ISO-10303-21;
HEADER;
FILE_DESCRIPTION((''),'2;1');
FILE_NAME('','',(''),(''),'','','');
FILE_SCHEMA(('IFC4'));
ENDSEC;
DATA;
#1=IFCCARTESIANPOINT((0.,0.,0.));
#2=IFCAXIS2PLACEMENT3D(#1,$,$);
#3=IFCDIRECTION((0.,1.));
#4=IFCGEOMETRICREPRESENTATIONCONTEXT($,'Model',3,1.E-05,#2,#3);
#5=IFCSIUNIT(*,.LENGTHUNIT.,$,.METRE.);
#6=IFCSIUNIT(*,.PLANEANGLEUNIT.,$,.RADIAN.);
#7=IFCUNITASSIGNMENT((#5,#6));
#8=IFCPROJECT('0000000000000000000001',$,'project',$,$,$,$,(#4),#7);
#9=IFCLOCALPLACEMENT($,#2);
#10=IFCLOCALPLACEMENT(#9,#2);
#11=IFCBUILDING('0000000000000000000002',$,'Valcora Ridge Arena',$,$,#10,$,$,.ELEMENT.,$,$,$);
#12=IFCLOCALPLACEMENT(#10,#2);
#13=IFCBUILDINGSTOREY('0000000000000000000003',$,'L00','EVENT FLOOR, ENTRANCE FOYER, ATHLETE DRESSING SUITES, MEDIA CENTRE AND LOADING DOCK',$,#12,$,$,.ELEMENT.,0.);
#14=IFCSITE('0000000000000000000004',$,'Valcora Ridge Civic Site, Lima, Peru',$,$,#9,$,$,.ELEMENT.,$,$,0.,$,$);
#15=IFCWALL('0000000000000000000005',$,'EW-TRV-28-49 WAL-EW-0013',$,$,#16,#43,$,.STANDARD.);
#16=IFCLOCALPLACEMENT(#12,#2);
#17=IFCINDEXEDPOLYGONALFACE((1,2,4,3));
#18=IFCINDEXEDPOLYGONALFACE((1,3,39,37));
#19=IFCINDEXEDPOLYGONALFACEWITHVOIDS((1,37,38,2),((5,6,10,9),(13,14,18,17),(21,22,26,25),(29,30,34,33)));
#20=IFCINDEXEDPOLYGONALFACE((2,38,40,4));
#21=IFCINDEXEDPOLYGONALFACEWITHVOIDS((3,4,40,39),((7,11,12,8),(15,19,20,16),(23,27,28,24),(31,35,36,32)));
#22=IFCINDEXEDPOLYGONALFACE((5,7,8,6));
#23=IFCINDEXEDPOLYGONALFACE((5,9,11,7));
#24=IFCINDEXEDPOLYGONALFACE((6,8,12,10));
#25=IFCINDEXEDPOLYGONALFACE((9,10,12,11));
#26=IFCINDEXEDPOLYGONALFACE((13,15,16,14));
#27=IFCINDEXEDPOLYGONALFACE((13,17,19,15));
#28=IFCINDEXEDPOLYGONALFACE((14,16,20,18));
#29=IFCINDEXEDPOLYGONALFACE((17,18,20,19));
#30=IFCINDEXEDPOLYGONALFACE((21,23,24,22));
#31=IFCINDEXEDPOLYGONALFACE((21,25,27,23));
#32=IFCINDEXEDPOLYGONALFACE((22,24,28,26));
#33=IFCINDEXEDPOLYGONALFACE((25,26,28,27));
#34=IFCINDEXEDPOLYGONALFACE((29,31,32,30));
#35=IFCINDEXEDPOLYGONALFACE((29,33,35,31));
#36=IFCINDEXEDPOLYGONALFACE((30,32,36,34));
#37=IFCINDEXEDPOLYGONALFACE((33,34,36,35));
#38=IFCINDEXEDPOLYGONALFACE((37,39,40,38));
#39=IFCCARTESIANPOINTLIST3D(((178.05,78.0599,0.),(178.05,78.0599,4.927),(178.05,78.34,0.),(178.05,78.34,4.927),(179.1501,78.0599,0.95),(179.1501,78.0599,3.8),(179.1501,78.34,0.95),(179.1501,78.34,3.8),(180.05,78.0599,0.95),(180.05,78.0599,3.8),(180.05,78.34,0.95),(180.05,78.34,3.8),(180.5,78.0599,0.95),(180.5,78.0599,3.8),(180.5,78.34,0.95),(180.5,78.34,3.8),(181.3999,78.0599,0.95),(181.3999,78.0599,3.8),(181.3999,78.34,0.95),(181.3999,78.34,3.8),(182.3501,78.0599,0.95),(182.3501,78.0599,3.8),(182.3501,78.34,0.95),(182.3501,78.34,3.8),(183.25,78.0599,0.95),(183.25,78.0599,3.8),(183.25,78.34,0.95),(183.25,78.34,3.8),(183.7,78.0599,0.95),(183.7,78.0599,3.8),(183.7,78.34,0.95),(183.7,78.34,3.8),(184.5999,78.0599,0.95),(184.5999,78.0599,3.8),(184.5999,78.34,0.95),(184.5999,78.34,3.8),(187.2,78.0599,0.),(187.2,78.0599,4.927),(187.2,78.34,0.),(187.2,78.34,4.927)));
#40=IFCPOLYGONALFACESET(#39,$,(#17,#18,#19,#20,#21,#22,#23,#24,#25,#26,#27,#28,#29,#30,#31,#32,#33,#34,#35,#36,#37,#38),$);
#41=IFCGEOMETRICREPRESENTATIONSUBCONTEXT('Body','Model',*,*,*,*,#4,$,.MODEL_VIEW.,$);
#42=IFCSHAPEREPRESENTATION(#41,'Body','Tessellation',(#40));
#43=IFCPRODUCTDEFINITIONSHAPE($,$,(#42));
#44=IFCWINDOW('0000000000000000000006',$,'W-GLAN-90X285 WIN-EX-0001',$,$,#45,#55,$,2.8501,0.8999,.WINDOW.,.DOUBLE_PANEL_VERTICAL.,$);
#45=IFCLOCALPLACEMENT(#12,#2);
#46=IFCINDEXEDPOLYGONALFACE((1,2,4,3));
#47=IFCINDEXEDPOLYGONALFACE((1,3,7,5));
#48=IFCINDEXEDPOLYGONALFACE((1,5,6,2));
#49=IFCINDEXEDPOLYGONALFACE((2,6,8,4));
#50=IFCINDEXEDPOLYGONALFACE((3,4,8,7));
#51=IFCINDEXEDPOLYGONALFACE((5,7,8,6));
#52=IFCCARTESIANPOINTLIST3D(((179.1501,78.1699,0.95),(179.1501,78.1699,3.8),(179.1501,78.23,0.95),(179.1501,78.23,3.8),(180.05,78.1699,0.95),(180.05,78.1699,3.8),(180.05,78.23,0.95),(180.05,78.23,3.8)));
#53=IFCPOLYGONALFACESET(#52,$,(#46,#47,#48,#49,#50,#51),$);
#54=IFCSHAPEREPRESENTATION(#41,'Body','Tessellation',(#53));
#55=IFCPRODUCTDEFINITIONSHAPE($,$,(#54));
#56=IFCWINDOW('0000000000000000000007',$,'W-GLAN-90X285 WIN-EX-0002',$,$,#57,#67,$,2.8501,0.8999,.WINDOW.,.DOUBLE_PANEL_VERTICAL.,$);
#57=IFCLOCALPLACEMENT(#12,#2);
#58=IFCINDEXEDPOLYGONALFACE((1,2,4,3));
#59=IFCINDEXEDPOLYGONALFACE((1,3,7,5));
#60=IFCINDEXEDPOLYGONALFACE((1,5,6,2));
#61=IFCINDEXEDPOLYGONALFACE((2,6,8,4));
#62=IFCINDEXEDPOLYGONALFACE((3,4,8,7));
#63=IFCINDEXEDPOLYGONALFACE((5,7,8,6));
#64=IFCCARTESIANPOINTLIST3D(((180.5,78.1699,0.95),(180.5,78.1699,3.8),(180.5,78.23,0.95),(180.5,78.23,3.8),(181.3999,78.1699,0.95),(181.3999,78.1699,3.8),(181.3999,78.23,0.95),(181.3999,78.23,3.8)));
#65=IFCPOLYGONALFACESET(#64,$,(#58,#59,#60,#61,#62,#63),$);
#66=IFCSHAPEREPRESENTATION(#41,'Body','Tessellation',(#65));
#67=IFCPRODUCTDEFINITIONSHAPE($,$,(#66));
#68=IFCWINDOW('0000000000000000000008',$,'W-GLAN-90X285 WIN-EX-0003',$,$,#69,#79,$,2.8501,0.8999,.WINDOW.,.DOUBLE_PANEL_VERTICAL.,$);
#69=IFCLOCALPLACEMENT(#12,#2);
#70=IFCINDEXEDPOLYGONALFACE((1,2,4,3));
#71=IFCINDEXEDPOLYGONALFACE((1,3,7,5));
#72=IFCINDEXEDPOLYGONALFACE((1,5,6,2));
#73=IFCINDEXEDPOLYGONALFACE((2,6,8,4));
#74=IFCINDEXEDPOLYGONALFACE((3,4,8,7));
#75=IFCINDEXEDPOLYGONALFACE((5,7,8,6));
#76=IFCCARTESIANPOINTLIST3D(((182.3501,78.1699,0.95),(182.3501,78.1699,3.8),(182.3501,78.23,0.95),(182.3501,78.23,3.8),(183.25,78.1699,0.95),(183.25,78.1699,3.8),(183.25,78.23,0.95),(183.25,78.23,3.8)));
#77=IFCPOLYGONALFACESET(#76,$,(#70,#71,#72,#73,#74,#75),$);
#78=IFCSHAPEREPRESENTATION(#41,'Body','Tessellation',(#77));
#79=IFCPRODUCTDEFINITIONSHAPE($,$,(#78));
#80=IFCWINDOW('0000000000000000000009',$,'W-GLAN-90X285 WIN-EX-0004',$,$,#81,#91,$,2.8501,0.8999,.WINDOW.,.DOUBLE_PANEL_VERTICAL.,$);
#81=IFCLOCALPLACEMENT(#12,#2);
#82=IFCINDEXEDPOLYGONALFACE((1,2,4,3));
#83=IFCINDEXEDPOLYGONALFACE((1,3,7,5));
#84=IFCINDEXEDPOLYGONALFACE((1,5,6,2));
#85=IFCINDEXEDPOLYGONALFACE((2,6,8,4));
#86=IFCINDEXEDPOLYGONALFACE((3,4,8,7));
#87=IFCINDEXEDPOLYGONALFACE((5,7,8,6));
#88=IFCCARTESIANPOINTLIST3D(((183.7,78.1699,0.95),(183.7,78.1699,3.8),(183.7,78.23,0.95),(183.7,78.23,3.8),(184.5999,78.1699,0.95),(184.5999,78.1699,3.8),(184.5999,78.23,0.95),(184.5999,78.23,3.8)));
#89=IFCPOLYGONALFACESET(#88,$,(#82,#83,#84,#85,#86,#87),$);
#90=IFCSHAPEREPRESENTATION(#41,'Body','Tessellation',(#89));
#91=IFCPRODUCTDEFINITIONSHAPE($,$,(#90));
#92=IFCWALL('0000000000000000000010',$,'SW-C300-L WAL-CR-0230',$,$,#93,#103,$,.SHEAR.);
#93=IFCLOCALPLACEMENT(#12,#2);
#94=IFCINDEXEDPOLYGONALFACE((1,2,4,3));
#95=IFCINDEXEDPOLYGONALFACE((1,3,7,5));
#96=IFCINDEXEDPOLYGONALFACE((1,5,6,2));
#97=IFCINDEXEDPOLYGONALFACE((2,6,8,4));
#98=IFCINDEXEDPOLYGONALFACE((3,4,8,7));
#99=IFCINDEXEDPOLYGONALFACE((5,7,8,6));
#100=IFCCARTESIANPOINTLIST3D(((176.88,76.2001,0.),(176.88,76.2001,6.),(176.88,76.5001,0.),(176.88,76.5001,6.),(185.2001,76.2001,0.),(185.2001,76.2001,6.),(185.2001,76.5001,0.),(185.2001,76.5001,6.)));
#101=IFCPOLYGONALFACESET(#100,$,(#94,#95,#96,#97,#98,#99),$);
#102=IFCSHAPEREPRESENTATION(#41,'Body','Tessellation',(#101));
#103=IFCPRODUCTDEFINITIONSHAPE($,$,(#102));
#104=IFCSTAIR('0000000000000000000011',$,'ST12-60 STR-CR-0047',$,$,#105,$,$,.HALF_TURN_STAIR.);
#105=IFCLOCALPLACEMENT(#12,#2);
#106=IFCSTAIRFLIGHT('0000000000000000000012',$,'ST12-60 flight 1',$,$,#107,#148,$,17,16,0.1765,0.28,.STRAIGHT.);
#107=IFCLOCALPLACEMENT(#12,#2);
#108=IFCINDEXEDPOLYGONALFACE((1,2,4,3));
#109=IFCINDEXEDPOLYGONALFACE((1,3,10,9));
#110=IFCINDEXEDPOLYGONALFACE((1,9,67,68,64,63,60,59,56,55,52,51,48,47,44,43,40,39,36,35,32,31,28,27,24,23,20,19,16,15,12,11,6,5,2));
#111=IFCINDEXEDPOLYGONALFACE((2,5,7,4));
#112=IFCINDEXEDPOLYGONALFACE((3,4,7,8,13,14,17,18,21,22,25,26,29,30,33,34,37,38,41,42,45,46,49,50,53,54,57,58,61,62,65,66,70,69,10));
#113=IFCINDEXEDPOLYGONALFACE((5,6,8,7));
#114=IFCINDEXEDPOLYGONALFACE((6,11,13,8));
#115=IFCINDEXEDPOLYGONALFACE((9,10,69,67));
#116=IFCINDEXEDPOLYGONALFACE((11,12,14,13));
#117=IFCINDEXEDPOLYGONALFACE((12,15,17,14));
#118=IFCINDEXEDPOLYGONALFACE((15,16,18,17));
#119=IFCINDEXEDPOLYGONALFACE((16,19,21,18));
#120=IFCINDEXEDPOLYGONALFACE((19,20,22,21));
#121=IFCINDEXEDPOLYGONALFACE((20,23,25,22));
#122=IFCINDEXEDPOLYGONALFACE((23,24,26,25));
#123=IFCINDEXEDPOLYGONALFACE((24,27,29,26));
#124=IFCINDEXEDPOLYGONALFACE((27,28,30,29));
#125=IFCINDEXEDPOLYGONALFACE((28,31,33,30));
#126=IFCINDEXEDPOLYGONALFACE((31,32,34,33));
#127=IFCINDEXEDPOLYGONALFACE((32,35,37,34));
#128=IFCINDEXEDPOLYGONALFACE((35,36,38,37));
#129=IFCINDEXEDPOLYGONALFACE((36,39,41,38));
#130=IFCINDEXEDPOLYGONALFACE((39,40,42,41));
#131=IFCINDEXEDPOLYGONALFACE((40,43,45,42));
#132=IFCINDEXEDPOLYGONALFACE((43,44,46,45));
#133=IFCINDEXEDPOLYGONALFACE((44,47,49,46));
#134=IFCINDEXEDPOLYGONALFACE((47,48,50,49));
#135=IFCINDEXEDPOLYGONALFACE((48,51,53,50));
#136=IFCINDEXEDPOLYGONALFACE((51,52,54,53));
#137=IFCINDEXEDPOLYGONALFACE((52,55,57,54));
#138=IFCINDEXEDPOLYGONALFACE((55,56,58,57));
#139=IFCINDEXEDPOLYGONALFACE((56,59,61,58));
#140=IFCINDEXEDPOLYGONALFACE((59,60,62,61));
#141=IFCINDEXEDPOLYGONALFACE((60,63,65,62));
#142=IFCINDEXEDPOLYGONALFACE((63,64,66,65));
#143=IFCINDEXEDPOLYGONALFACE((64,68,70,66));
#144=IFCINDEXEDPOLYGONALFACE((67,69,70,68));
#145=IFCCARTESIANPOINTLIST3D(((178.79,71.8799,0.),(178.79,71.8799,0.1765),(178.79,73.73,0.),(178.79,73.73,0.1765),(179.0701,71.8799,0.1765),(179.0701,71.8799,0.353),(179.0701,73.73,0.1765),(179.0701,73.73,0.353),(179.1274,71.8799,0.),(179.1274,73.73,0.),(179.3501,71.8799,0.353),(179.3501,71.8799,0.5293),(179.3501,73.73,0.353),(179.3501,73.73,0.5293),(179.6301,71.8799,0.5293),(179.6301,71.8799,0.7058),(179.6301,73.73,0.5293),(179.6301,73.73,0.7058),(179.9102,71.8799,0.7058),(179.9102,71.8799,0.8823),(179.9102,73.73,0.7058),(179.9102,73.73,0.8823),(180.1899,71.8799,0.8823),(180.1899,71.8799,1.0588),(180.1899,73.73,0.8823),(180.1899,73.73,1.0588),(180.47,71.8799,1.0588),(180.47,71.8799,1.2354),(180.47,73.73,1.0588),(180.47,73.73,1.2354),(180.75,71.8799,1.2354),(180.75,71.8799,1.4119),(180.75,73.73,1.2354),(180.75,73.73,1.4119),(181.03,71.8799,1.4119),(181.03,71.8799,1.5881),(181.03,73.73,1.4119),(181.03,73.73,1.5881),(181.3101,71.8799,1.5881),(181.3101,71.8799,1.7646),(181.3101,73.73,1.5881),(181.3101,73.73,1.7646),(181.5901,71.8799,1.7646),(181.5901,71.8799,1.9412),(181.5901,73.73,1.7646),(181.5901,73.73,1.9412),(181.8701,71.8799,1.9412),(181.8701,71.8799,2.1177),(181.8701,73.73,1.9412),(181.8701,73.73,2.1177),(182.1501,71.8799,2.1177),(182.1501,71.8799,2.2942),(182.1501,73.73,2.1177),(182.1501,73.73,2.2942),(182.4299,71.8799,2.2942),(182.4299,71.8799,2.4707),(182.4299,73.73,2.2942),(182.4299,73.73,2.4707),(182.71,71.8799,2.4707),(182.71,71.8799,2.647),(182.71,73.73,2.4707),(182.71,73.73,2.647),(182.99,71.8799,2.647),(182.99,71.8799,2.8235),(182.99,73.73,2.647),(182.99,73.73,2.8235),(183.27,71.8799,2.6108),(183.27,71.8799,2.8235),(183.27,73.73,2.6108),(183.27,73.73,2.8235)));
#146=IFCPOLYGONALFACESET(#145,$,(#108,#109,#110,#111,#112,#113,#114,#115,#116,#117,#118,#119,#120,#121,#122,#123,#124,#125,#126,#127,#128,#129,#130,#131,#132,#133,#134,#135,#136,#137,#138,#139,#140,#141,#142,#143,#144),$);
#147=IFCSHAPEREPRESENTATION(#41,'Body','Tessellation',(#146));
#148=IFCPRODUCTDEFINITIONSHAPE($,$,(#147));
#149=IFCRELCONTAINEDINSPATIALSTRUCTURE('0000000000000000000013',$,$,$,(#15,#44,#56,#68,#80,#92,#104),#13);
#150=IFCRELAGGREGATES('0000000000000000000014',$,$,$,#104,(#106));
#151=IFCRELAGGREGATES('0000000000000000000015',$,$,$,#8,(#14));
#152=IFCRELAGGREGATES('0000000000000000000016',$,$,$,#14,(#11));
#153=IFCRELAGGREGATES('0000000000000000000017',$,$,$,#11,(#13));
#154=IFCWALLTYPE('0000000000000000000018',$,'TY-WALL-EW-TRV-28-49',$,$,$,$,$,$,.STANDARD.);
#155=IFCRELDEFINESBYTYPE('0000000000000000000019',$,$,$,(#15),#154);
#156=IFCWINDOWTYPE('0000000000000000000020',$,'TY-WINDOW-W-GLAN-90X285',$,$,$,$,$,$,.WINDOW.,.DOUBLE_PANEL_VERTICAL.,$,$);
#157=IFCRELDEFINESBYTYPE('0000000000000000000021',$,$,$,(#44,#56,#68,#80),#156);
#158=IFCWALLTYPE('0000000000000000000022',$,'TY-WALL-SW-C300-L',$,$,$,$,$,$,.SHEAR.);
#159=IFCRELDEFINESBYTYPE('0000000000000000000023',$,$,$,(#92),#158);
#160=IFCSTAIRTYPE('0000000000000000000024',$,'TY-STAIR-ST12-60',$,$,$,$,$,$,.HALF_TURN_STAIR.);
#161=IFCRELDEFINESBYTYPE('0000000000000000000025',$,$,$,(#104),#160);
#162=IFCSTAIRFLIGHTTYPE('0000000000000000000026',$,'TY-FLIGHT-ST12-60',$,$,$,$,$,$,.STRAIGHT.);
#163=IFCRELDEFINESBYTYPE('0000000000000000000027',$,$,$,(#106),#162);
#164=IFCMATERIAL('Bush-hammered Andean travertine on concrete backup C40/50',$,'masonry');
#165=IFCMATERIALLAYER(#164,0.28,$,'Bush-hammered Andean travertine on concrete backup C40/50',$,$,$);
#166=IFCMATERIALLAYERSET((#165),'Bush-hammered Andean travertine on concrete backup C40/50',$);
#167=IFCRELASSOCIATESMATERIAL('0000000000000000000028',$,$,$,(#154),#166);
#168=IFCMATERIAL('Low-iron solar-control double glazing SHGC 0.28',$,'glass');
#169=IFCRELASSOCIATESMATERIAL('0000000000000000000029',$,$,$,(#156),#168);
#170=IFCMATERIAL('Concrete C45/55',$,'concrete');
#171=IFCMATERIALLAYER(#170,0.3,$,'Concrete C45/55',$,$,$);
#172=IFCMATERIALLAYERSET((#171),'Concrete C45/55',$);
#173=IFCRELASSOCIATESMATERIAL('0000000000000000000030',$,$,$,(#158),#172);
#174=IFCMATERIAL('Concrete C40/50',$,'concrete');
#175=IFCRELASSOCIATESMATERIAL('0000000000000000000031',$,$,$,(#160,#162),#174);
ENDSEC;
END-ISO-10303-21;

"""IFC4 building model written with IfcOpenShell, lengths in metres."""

from ifc_helpers import new_model, si_unit, direction, frame, frame_2d, origin, place, context, subcontext, project, spatial, polyline, rectangle, outline, extrude, material, layer, layer_set, type_object, element, fill, aggregate, save


model = new_model("IFC4")

# Units and contexts
model_context = context("Model", 3, precision=1e-05, world=origin(), true_north=direction((0.0, 1.0)))
body_context = subcontext(model_context, "Body", "Model", "MODEL_VIEW")
ifc_project = project(units=[si_unit("LENGTHUNIT", "METRE"), si_unit("PLANEANGLEUNIT", "RADIAN")], contexts=[model_context])

# Site, building, storey
site_placement = place(None, origin())
site = spatial("IfcSite", under=ifc_project, at=site_placement, Name="Valcora Ridge Civic Site, Lima, Peru", CompositionType="ELEMENT", RefElevation=0.0)
building_placement = place(site_placement, origin())
building = spatial("IfcBuilding", under=site, at=building_placement, Name="Valcora Ridge Arena", CompositionType="ELEMENT")
storey_placement = place(building_placement, origin())
storey = spatial("IfcBuildingStorey", under=building, at=storey_placement, Name="L00", Description="EVENT FLOOR, ENTRANCE FOYER, ATHLETE DRESSING SUITES, MEDIA CENTRE AND LOADING DOCK", CompositionType="ELEMENT", Elevation=0.0)

# Shared definitions
ifc_material_1 = material(Name="Concrete C40/50", Category="concrete")

# Shared definitions
ifc_material_2 = material(Name="Low-iron solar-control double glazing SHGC 0.28", Category="glass")

# Wall, openings, windows
ifc_material_3 = material(Name="Bush-hammered Andean travertine on concrete backup C40/50", Category="masonry")
ifc_layer_1 = layer(ifc_material_3, 0.28, Name="Bush-hammered Andean travertine on concrete backup C40/50")
ifc_layer_set_1 = layer_set([ifc_layer_1], Name="Bush-hammered Andean travertine on concrete backup C40/50")
wall_type_1 = type_object("IfcWallType", Name="TY-WALL-EW-TRV-28-49", PredefinedType="STANDARD", material=ifc_layer_set_1)
wall_1_placement = place(storey_placement, frame((178.05, 78.2, 0.0), z_axis=(0.0, 0.0, 1.0), x_axis=(1.0, 0.0, 0.0)))
wall_1 = element("IfcWall", 1, at=wall_1_placement, inside=storey, type_object=wall_type_1, Name="EW-TRV-28-49 WAL-EW-0013", PredefinedType="STANDARD", context=body_context, shape_type="SweptSolid", body=[
    extrude(rectangle(XDim=9.1499, YDim=0.28, at=frame_2d((4.575, 0.0))), origin(), (0.0, 0.0, 1.0), 4.927),
])
opening_1_placement = place(wall_1_placement, frame((1.1001, 0.0, 0.95)))
opening_1 = element("IfcOpeningElement", 2, at=opening_1_placement, cuts=wall_1, PredefinedType="OPENING", context=body_context, shape_type="SweptSolid", body=[
    extrude(rectangle(XDim=0.8999, YDim=2.8501, at=frame_2d((0.45, 1.425))), frame((0.0, 0.1499, 0.0), z_axis=(0.0, -1.0, 0.0), x_axis=(1.0, 0.0, 0.0)), (0.0, 0.0, 1.0), 0.3),
])
opening_2_placement = place(wall_1_placement, frame((2.45, 0.0, 0.95)))
opening_2 = element("IfcOpeningElement", 3, at=opening_2_placement, cuts=wall_1, PredefinedType="OPENING", context=body_context, shape_type="SweptSolid", body=[
    extrude(rectangle(XDim=0.8999, YDim=2.8501, at=frame_2d((0.45, 1.425))), frame((0.0, 0.1499, 0.0), z_axis=(0.0, -1.0, 0.0), x_axis=(1.0, 0.0, 0.0)), (0.0, 0.0, 1.0), 0.3),
])
opening_3_placement = place(wall_1_placement, frame((4.3, 0.0, 0.95)))
opening_3 = element("IfcOpeningElement", 4, at=opening_3_placement, cuts=wall_1, PredefinedType="OPENING", context=body_context, shape_type="SweptSolid", body=[
    extrude(rectangle(XDim=0.8999, YDim=2.8501, at=frame_2d((0.45, 1.425))), frame((0.0, 0.1499, 0.0), z_axis=(0.0, -1.0, 0.0), x_axis=(1.0, 0.0, 0.0)), (0.0, 0.0, 1.0), 0.3),
])
opening_4_placement = place(wall_1_placement, frame((5.6499, 0.0, 0.95)))
opening_4 = element("IfcOpeningElement", 5, at=opening_4_placement, cuts=wall_1, PredefinedType="OPENING", context=body_context, shape_type="SweptSolid", body=[
    extrude(rectangle(XDim=0.8999, YDim=2.8501, at=frame_2d((0.45, 1.425))), frame((0.0, 0.1499, 0.0), z_axis=(0.0, -1.0, 0.0), x_axis=(1.0, 0.0, 0.0)), (0.0, 0.0, 1.0), 0.3),
])
window_type = type_object("IfcWindowType", Name="TY-WINDOW-W-GLAN-90X285", PartitioningType="DOUBLE_PANEL_VERTICAL", PredefinedType="WINDOW", material=ifc_material_2)
window_1_placement = place(opening_1_placement, origin())
window_1 = element("IfcWindow", 6, at=window_1_placement, inside=storey, type_object=window_type, Name="W-GLAN-90X285 WIN-EX-0001", OverallHeight=2.8501, OverallWidth=0.8999, PartitioningType="DOUBLE_PANEL_VERTICAL", PredefinedType="WINDOW", context=body_context, shape_type="SweptSolid", body=[
    extrude(rectangle(XDim=0.8999, YDim=2.8501, at=frame_2d((0.45, 1.425))), frame((0.0, 0.03, 0.0), z_axis=(0.0, -1.0, 0.0), x_axis=(1.0, 0.0, 0.0)), (0.0, 0.0, 1.0), 0.0601),
])
fill(opening_1, window_1)
window_2_placement = place(opening_2_placement, origin())
window_2 = element("IfcWindow", 7, at=window_2_placement, inside=storey, type_object=window_type, Name="W-GLAN-90X285 WIN-EX-0002", OverallHeight=2.8501, OverallWidth=0.8999, PartitioningType="DOUBLE_PANEL_VERTICAL", PredefinedType="WINDOW", context=body_context, shape_type="SweptSolid", body=[
    extrude(rectangle(XDim=0.8999, YDim=2.8501, at=frame_2d((0.45, 1.425))), frame((0.0, 0.03, 0.0), z_axis=(0.0, -1.0, 0.0), x_axis=(1.0, 0.0, 0.0)), (0.0, 0.0, 1.0), 0.0601),
])
fill(opening_2, window_2)
window_3_placement = place(opening_3_placement, origin())
window_3 = element("IfcWindow", 8, at=window_3_placement, inside=storey, type_object=window_type, Name="W-GLAN-90X285 WIN-EX-0003", OverallHeight=2.8501, OverallWidth=0.8999, PartitioningType="DOUBLE_PANEL_VERTICAL", PredefinedType="WINDOW", context=body_context, shape_type="SweptSolid", body=[
    extrude(rectangle(XDim=0.8999, YDim=2.8501, at=frame_2d((0.45, 1.425))), frame((0.0, 0.03, 0.0), z_axis=(0.0, -1.0, 0.0), x_axis=(1.0, 0.0, 0.0)), (0.0, 0.0, 1.0), 0.0601),
])
fill(opening_3, window_3)
window_4_placement = place(opening_4_placement, origin())
window_4 = element("IfcWindow", 9, at=window_4_placement, inside=storey, type_object=window_type, Name="W-GLAN-90X285 WIN-EX-0004", OverallHeight=2.8501, OverallWidth=0.8999, PartitioningType="DOUBLE_PANEL_VERTICAL", PredefinedType="WINDOW", context=body_context, shape_type="SweptSolid", body=[
    extrude(rectangle(XDim=0.8999, YDim=2.8501, at=frame_2d((0.45, 1.425))), frame((0.0, 0.03, 0.0), z_axis=(0.0, -1.0, 0.0), x_axis=(1.0, 0.0, 0.0)), (0.0, 0.0, 1.0), 0.0601),
])
fill(opening_4, window_4)

# Wall
ifc_material_4 = material(Name="Concrete C45/55", Category="concrete")
ifc_layer_2 = layer(ifc_material_4, 0.3, Name="Concrete C45/55")
ifc_layer_set_2 = layer_set([ifc_layer_2], Name="Concrete C45/55")
wall_type_2 = type_object("IfcWallType", Name="TY-WALL-SW-C300-L", PredefinedType="SHEAR", material=ifc_layer_set_2)
wall_2_placement = place(storey_placement, frame((176.8799, 76.3501, 0.0), z_axis=(0.0, 0.0, 1.0), x_axis=(1.0, 0.0, 0.0)))
element("IfcWall", 10, at=wall_2_placement, inside=storey, type_object=wall_type_2, Name="SW-C300-L WAL-CR-0230", PredefinedType="SHEAR", context=body_context, shape_type="SweptSolid", body=[
    extrude(rectangle(XDim=8.3201, YDim=0.3, at=frame_2d((4.1602, 0.0))), origin(), (0.0, 0.0, 1.0), 6.0),
])

# Stair, stair flight
stair_type = type_object("IfcStairType", Name="TY-STAIR-ST12-60", PredefinedType="HALF_TURN_STAIR", material=ifc_material_1)
stair_placement = place(storey_placement, origin())
stair = element("IfcStair", 11, at=stair_placement, inside=storey, type_object=stair_type, Name="ST12-60 STR-CR-0047", PredefinedType="HALF_TURN_STAIR")
stair_flight_type = type_object("IfcStairFlightType", Name="TY-FLIGHT-ST12-60", PredefinedType="STRAIGHT", material=ifc_material_1)
stair_flight_placement = place(storey_placement, frame((178.79, 72.8049, 0.0), z_axis=(0.0, 0.0, 1.0), x_axis=(1.0, 0.0, 0.0)))
stair_flight = element("IfcStairFlight", 12, at=stair_flight_placement, type_object=stair_flight_type, Name="ST12-60 flight 1", NumberOfRisers=17, NumberOfTreads=16, PredefinedType="STRAIGHT", RiserHeight=0.1765, TreadLength=0.28, context=body_context, shape_type="SweptSolid", body=[
    extrude(outline(polyline([(0.0, 0.0), (0.0, 0.1765), (0.28, 0.1765), (0.28, 0.353), (0.5601, 0.353), (0.5601, 0.5293), (0.8401, 0.5293), (0.8401, 0.7058), (1.1201, 0.7058), (1.1201, 0.8823), (1.3999, 0.8823), (1.3999, 1.0588), (1.6799, 1.0588), (1.6799, 1.2354), (1.96, 1.2354), (1.96, 1.4119), (2.24, 1.4119), (2.24, 1.5881), (2.52, 1.5881), (2.52, 1.7646), (2.8, 1.7646), (2.8, 1.9412), (3.0801, 1.9412), (3.0801, 2.1177), (3.3601, 2.1177), (3.3601, 2.2942), (3.6399, 2.2942), (3.6399, 2.4707), (3.9199, 2.4707), (3.9199, 2.647), (4.2, 2.647), (4.2, 2.8235), (4.48, 2.8235), (4.48, 3.0), (4.48, 2.6108), (0.3374, 0.0), (0.0, 0.0)])), frame((0.0, 0.925, 0.0), z_axis=(0.0, -1.0, 0.0), x_axis=(1.0, 0.0, 0.0)), (0.0, 0.0, 1.0), 1.8501),
])
aggregate(stair, [stair_flight])

save(model, "model.ifc")
